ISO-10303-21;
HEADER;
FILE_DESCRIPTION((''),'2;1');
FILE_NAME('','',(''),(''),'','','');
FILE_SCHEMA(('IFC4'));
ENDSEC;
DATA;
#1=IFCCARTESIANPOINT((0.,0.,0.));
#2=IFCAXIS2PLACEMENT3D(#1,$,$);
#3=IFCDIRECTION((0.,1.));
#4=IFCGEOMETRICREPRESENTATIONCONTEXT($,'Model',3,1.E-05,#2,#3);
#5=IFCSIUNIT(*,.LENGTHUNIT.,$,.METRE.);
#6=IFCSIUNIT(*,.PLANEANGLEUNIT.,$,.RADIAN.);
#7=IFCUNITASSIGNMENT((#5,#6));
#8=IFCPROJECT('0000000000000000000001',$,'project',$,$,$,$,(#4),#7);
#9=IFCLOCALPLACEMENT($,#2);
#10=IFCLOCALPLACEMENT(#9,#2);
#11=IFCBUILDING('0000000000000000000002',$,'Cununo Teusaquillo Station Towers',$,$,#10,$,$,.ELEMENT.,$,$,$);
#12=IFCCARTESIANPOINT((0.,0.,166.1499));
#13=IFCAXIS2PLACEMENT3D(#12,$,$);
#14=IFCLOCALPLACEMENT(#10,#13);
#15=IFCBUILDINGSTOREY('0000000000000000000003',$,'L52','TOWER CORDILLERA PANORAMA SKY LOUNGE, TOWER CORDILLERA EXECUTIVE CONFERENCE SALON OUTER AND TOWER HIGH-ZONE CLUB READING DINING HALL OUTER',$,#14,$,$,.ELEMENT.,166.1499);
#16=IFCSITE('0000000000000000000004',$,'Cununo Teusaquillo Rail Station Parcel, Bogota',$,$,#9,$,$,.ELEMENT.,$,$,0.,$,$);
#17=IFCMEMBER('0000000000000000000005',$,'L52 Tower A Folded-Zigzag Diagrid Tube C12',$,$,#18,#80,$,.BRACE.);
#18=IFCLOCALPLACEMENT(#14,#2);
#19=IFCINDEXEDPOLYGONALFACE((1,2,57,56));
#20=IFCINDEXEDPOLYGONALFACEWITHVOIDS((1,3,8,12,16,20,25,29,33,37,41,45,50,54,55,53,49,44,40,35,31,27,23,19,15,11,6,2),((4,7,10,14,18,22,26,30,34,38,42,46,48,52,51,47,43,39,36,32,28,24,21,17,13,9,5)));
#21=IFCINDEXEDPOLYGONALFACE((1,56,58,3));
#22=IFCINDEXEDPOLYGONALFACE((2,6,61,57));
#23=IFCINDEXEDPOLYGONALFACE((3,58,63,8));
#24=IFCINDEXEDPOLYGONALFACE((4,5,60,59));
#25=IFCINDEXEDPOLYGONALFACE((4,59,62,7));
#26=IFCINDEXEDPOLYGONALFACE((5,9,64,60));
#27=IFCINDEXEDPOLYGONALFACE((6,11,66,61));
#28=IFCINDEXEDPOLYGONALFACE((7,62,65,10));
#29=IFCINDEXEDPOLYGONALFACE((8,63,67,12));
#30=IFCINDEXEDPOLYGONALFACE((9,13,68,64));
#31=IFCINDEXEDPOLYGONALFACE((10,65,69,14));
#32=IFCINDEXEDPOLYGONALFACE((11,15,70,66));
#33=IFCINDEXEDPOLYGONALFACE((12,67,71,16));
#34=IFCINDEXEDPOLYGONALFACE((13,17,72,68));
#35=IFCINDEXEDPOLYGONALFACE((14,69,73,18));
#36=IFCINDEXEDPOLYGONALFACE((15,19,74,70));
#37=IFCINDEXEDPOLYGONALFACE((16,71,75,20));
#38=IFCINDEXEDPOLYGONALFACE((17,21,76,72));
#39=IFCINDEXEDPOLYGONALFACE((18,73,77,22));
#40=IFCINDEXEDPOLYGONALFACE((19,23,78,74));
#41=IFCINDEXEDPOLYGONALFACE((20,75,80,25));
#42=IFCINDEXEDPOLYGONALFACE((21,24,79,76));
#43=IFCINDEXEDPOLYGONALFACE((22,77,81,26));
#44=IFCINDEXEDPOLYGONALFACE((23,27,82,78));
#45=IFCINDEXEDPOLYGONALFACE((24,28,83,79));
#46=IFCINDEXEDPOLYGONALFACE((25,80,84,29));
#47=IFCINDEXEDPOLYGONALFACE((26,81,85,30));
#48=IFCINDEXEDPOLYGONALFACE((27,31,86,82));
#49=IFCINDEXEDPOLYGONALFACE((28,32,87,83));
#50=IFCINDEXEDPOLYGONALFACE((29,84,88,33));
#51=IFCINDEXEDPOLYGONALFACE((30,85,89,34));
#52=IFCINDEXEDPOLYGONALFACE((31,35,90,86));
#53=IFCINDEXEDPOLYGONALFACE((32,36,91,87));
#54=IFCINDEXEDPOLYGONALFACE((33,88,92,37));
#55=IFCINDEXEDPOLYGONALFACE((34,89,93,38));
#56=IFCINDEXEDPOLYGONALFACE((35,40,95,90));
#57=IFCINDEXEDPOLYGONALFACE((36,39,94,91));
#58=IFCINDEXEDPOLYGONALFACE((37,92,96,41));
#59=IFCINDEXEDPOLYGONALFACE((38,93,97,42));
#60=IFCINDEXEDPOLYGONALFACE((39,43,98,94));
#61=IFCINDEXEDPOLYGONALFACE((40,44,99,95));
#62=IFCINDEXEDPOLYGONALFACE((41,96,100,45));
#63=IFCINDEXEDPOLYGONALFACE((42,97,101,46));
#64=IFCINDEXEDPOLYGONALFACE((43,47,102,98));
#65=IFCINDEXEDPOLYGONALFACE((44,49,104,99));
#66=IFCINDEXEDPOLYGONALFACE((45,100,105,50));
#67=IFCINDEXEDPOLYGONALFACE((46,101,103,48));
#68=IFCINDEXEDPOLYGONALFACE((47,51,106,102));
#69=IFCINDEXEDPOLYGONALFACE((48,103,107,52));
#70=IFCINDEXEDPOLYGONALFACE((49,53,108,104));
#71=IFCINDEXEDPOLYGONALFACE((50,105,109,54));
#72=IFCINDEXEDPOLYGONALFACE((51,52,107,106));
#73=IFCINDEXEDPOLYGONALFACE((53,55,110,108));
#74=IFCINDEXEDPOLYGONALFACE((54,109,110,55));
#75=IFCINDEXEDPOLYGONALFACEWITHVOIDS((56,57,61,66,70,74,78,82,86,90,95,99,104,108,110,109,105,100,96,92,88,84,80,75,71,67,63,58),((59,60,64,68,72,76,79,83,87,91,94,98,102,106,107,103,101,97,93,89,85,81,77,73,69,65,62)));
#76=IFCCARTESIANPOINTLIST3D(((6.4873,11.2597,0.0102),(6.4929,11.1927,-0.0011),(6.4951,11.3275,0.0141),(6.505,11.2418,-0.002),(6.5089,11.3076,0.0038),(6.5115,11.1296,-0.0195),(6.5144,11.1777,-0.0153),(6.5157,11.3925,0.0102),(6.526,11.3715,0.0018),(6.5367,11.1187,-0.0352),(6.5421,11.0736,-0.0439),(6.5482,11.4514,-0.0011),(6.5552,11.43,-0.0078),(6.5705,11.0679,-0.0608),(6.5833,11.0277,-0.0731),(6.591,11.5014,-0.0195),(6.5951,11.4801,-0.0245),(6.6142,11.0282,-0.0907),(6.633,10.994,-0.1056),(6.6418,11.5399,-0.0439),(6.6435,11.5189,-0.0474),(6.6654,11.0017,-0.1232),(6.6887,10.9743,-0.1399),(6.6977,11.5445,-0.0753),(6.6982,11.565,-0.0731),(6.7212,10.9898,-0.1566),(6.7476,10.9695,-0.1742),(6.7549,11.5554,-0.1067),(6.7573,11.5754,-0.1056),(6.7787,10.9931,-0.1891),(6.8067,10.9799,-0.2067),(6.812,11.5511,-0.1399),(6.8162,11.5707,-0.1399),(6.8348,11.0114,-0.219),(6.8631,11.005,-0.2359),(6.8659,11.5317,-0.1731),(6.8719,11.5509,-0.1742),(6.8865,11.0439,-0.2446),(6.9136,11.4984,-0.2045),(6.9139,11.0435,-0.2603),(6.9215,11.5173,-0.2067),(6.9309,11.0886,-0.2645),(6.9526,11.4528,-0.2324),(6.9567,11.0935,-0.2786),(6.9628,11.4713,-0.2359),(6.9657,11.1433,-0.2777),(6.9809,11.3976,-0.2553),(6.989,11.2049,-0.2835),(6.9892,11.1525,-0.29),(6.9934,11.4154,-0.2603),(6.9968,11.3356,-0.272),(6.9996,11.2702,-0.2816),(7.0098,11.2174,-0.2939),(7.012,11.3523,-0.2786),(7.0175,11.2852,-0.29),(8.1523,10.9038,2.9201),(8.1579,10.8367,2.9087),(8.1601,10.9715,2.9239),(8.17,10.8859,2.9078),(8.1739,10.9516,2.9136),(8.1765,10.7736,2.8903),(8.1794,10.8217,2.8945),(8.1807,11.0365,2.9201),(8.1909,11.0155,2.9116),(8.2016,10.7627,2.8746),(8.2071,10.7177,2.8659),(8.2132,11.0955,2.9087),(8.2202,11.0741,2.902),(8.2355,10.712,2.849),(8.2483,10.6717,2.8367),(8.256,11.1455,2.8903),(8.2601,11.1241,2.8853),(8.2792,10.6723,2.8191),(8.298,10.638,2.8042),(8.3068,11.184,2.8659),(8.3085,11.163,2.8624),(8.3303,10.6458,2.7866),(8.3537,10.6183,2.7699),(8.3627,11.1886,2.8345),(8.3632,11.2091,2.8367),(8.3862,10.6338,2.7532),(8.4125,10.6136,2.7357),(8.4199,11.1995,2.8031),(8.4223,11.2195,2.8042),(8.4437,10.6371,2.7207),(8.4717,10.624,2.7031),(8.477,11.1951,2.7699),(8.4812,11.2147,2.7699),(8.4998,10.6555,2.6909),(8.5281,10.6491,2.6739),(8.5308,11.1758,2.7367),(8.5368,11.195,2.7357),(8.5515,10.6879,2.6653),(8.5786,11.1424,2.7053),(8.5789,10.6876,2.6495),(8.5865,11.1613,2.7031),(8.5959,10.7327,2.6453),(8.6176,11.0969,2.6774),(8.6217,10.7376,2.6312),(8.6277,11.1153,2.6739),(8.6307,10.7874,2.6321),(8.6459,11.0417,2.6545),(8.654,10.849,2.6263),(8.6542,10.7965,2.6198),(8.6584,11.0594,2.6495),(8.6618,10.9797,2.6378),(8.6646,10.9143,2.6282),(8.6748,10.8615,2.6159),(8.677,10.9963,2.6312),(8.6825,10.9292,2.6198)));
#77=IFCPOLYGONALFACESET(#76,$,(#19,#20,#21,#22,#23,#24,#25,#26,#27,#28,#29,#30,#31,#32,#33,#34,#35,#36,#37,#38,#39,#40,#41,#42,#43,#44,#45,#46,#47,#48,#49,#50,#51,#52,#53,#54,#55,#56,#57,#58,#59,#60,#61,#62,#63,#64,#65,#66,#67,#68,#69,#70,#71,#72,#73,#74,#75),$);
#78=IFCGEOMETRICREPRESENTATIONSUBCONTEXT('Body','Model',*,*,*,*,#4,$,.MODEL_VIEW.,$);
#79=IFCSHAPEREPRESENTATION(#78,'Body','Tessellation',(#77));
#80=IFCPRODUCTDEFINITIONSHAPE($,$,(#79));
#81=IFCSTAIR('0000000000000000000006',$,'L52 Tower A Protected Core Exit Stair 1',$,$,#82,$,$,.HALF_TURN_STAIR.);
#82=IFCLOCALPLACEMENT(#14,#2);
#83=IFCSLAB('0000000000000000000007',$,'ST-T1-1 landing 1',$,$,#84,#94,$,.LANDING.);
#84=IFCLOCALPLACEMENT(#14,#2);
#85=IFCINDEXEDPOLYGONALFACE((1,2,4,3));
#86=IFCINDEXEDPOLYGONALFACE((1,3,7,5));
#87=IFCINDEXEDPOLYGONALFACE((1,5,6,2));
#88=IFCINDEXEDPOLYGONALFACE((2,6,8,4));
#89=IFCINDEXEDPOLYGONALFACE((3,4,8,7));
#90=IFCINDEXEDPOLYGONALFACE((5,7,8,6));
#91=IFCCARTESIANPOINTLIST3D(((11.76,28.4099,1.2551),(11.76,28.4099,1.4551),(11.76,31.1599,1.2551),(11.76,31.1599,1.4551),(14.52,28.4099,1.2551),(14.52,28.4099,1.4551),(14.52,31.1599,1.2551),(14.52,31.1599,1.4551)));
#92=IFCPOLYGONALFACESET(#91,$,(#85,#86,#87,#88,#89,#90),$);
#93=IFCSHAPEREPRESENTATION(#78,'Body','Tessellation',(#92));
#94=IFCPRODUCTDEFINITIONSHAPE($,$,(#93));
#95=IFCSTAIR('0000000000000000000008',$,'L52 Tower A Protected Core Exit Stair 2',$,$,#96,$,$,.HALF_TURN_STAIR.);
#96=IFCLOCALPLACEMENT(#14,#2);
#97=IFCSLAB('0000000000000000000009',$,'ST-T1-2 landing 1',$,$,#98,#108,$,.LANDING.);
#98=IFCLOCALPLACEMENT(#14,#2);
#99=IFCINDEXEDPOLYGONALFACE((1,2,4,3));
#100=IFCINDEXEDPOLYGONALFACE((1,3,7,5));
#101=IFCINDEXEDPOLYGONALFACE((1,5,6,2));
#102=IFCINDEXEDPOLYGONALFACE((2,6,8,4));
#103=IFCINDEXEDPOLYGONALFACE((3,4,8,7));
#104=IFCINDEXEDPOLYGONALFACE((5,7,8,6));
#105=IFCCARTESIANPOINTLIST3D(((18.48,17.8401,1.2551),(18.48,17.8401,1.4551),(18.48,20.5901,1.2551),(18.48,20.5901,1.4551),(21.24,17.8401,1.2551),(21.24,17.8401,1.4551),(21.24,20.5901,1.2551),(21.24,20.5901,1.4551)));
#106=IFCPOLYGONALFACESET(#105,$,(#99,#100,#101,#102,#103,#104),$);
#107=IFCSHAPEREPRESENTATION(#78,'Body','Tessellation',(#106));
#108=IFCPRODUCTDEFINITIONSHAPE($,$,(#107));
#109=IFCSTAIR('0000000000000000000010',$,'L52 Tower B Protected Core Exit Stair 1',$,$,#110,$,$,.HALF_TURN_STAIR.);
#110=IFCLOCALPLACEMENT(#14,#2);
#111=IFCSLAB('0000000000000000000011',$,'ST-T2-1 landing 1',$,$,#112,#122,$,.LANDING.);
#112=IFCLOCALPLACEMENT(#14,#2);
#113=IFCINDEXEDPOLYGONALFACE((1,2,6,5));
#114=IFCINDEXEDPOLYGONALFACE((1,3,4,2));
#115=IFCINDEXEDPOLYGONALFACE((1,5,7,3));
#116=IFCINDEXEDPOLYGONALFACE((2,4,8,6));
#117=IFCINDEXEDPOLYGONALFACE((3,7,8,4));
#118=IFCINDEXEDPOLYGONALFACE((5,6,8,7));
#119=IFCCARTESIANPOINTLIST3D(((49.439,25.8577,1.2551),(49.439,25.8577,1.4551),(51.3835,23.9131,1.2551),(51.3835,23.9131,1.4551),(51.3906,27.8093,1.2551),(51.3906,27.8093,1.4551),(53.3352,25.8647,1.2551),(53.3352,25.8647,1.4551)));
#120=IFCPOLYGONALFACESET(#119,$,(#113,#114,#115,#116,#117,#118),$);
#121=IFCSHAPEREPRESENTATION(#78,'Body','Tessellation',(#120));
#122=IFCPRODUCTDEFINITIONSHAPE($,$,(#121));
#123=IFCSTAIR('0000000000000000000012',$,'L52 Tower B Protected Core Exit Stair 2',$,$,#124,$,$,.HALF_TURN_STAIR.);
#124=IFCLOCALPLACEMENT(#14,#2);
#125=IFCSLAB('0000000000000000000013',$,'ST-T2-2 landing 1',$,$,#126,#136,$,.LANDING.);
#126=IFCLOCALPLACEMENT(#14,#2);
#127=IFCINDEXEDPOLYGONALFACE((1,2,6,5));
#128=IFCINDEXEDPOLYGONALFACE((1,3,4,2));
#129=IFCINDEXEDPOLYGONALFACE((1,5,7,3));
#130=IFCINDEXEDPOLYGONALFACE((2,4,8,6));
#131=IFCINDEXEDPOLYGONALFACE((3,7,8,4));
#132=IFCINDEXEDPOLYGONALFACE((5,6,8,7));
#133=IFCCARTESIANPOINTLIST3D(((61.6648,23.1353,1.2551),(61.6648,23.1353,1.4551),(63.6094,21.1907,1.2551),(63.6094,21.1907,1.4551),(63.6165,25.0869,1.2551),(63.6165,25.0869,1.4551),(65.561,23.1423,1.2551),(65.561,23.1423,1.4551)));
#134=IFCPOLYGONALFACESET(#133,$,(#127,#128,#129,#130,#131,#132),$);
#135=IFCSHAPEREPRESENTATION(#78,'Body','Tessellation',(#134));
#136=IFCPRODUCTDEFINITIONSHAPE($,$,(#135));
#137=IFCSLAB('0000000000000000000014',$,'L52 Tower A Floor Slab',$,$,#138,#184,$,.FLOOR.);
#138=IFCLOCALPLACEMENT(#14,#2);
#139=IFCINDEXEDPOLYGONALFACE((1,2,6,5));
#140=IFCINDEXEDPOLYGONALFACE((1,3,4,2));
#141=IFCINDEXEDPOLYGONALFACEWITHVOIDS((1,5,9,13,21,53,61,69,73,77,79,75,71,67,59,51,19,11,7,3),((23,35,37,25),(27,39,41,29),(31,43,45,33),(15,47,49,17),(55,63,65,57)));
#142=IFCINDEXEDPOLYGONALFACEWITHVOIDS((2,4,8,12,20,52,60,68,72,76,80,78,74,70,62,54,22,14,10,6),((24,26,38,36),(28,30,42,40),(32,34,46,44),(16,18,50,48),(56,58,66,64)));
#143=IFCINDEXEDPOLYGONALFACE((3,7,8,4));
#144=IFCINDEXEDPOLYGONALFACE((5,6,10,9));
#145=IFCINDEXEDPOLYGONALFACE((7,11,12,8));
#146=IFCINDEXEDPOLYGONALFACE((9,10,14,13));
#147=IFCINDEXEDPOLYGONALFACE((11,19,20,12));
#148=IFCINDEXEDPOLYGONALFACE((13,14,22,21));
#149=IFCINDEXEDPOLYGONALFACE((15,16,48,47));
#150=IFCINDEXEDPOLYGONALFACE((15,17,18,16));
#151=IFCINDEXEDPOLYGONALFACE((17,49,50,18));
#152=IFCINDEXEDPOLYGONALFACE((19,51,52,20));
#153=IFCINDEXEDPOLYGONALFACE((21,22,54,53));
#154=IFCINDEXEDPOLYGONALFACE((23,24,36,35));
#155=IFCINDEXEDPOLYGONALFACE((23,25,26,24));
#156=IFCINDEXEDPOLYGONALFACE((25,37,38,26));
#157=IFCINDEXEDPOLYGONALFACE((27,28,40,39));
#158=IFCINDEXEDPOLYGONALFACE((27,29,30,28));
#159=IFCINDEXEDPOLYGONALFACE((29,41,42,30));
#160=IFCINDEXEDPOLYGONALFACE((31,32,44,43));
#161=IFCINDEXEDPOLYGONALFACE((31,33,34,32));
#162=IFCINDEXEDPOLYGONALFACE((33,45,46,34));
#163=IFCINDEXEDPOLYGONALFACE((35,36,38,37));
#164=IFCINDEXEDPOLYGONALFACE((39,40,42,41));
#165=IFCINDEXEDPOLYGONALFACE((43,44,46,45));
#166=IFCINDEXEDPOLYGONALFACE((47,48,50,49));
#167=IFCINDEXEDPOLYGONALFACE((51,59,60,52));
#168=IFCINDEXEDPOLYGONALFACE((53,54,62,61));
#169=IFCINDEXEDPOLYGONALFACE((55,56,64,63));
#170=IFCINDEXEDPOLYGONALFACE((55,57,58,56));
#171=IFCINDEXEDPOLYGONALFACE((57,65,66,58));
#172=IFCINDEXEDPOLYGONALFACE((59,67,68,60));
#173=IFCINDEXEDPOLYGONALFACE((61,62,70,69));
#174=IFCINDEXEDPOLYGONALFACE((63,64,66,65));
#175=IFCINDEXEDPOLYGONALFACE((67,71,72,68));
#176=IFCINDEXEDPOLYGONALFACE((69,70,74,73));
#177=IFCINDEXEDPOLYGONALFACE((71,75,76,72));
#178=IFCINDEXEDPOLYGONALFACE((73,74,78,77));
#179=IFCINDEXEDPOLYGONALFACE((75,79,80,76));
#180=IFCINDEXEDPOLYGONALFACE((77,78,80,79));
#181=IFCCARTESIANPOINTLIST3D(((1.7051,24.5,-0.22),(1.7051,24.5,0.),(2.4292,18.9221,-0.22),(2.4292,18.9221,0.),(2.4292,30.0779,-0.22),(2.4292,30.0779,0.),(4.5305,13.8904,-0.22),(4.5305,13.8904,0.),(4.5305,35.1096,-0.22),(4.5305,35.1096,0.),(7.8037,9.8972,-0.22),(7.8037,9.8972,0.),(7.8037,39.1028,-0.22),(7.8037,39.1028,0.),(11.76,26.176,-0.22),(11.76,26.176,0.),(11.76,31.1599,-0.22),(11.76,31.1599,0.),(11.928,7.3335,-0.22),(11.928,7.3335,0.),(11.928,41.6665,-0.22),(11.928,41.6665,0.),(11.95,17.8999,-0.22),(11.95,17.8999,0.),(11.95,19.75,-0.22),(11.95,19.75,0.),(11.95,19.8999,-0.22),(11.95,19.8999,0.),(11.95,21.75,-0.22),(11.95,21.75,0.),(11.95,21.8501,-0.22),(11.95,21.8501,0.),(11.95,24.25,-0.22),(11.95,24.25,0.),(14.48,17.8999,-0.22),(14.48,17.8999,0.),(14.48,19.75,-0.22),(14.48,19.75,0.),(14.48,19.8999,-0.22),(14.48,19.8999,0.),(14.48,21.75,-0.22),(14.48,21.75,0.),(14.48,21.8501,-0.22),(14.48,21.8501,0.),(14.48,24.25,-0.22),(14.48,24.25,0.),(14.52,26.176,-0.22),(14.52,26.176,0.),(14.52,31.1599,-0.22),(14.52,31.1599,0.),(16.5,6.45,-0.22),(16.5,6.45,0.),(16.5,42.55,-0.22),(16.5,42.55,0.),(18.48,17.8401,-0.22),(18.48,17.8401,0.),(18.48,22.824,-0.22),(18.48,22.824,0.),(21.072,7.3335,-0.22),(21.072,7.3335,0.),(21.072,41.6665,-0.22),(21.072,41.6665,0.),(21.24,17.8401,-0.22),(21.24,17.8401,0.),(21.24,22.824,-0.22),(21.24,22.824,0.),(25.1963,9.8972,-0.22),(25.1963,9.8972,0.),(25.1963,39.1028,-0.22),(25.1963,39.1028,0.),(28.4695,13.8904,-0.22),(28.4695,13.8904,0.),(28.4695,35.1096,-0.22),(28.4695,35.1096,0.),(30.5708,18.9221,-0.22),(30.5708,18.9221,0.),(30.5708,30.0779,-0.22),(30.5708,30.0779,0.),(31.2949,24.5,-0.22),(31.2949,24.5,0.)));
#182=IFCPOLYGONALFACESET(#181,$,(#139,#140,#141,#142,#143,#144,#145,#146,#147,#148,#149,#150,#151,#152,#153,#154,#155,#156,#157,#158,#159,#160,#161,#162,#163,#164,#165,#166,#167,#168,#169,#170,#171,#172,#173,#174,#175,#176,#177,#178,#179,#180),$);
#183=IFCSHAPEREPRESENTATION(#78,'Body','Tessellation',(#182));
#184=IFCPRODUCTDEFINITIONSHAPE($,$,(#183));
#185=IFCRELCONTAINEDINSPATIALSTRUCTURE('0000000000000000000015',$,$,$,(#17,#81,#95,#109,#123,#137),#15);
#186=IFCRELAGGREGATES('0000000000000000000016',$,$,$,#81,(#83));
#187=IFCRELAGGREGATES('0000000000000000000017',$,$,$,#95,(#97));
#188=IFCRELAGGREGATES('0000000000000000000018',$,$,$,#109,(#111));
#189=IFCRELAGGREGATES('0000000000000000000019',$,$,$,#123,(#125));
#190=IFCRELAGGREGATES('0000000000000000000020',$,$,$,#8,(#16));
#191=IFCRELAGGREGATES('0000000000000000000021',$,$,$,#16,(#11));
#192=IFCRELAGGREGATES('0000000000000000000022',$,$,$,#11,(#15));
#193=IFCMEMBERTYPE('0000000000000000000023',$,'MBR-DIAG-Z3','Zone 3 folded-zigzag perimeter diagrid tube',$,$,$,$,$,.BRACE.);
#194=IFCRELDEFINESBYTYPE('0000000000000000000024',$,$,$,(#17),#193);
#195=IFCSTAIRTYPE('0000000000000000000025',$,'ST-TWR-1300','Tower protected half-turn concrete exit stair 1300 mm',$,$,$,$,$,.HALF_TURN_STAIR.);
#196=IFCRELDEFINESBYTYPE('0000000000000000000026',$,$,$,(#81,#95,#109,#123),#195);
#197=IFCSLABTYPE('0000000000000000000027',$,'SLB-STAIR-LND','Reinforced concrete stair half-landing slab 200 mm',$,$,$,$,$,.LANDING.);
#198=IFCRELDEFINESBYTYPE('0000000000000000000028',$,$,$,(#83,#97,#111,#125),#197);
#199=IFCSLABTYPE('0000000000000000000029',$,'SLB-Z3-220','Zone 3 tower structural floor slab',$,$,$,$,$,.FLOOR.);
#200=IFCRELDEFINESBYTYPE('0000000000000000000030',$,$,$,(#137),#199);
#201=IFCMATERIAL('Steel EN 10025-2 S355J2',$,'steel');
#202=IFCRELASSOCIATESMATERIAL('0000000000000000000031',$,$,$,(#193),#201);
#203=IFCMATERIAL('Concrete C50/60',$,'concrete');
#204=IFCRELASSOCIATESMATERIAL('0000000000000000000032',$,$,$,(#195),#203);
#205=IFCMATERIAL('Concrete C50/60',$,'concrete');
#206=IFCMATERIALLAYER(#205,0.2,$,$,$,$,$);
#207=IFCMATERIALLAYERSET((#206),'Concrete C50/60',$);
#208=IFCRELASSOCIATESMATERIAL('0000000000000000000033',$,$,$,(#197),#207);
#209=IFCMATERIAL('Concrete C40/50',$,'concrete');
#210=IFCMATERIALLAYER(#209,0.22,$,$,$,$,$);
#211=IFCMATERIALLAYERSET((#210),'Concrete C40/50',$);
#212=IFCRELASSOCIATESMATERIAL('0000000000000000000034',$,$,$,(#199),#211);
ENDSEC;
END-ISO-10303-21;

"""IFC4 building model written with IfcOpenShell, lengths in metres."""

from ifc_helpers import new_model, si_unit, direction, frame, origin, origin_2d, place, context, subcontext, project, spatial, polyline, hollow_circle, outline, extrude, material, layer, layer_set, material_profile, profile_set, type_object, element, aggregate, save


model = new_model("IFC4")

# Units and contexts
model_context = context("Model", 3, precision=1e-05, world=origin(), true_north=direction((0.0, 1.0)))
body_context = subcontext(model_context, "Body", "Model", "MODEL_VIEW")
ifc_project = project(units=[si_unit("LENGTHUNIT", "METRE"), si_unit("PLANEANGLEUNIT", "RADIAN")], contexts=[model_context])

# Site, building, storey
site_placement = place(None, origin())
site = spatial("IfcSite", under=ifc_project, at=site_placement, Name="Cununo Teusaquillo Rail Station Parcel, Bogota", CompositionType="ELEMENT", RefElevation=0.0)
building_placement = place(site_placement, origin())
building = spatial("IfcBuilding", under=site, at=building_placement, Name="Cununo Teusaquillo Station Towers", CompositionType="ELEMENT")
storey_placement = place(building_placement, frame((0.0, 0.0, 166.1499)))
storey = spatial("IfcBuildingStorey", under=building, at=storey_placement, Name="L52", Description="TOWER CORDILLERA PANORAMA SKY LOUNGE, TOWER CORDILLERA EXECUTIVE CONFERENCE SALON OUTER AND TOWER HIGH-ZONE CLUB READING DINING HALL OUTER", CompositionType="ELEMENT", Elevation=166.1499)

# Member
ifc_material_1 = material(Name="Steel EN 10025-2 S355J2", Category="steel")
ifc_material_profile_1 = material_profile(ifc_material_1, hollow_circle(Radius=0.3049, WallThickness=0.02, at=origin_2d()), Name="CHS 610x20")
ifc_profile_set_1 = profile_set([ifc_material_profile_1], Name="Steel EN 10025-2 S355J2")
member_type = type_object("IfcMemberType", Name="MBR-DIAG-Z3", Description="Zone 3 folded-zigzag perimeter diagrid tube", PredefinedType="BRACE", material=ifc_profile_set_1)
member_placement = place(storey_placement, frame((6.7524, 11.2725, -0.1399), z_axis=(0.493865, -0.10558, 0.863105), x_axis=(0.209059, 0.977903, 0.0)))
element("IfcMember", 1, at=member_placement, inside=storey, type_object=member_type, Name="L52 Tower A Folded-Zigzag Diagrid Tube C12", PredefinedType="BRACE", context=body_context, shape_type="SweptSolid", body=[
    extrude(hollow_circle(Radius=0.3049, WallThickness=0.02, at=origin_2d()), origin(), (0.0, 0.0, 1.0), 3.3713),
])

# Stairs, slabs
ifc_material_2 = material(Name="Concrete C50/60", Category="concrete")
stair_type = type_object("IfcStairType", Name="ST-TWR-1300", Description="Tower protected half-turn concrete exit stair 1300 mm", PredefinedType="HALF_TURN_STAIR", material=ifc_material_2)
stair_1_placement = place(storey_placement, origin())
stair_1 = element("IfcStair", 2, at=stair_1_placement, inside=storey, type_object=stair_type, Name="L52 Tower A Protected Core Exit Stair 1", PredefinedType="HALF_TURN_STAIR")
ifc_material_3 = material(Name="Concrete C50/60", Category="concrete")
ifc_layer_1 = layer(ifc_material_3, 0.2)
ifc_layer_set_1 = layer_set([ifc_layer_1], Name="Concrete C50/60")
slab_type_1 = type_object("IfcSlabType", Name="SLB-STAIR-LND", Description="Reinforced concrete stair half-landing slab 200 mm", PredefinedType="LANDING", material=ifc_layer_set_1)
slab_1_placement = place(storey_placement, frame((0.0, 0.0, 1.2551)))
slab_1 = element("IfcSlab", 3, at=slab_1_placement, type_object=slab_type_1, Name="ST-T1-1 landing 1", PredefinedType="LANDING", context=body_context, shape_type="SweptSolid", body=[
    extrude(outline(polyline([(14.52, 28.4099), (14.52, 31.1599), (11.76, 31.1599), (11.76, 28.4099), (14.52, 28.4099)])), origin(), (0.0, 0.0, 1.0), 0.2),
])
aggregate(stair_1, [slab_1])
stair_2_placement = place(storey_placement, origin())
stair_2 = element("IfcStair", 4, at=stair_2_placement, inside=storey, type_object=stair_type, Name="L52 Tower A Protected Core Exit Stair 2", PredefinedType="HALF_TURN_STAIR")
slab_2_placement = place(storey_placement, frame((0.0, 0.0, 1.2551)))
slab_2 = element("IfcSlab", 5, at=slab_2_placement, type_object=slab_type_1, Name="ST-T1-2 landing 1", PredefinedType="LANDING", context=body_context, shape_type="SweptSolid", body=[
    extrude(outline(polyline([(18.48, 20.5901), (18.48, 17.8401), (21.24, 17.8401), (21.24, 20.5901), (18.48, 20.5901)])), origin(), (0.0, 0.0, 1.0), 0.2),
])
aggregate(stair_2, [slab_2])
stair_3_placement = place(storey_placement, origin())
stair_3 = element("IfcStair", 6, at=stair_3_placement, inside=storey, type_object=stair_type, Name="L52 Tower B Protected Core Exit Stair 1", PredefinedType="HALF_TURN_STAIR")
slab_3_placement = place(storey_placement, frame((0.0, 0.0, 1.2551)))
slab_3 = element("IfcSlab", 7, at=slab_3_placement, type_object=slab_type_1, Name="ST-T2-1 landing 1", PredefinedType="LANDING", context=body_context, shape_type="SweptSolid", body=[
    extrude(outline(polyline([(53.3352, 25.8647), (51.3906, 27.8093), (49.439, 25.8577), (51.3835, 23.9131), (53.3352, 25.8647)])), origin(), (0.0, 0.0, 1.0), 0.2),
])
aggregate(stair_3, [slab_3])
stair_4_placement = place(storey_placement, origin())
stair_4 = element("IfcStair", 8, at=stair_4_placement, inside=storey, type_object=stair_type, Name="L52 Tower B Protected Core Exit Stair 2", PredefinedType="HALF_TURN_STAIR")
slab_4_placement = place(storey_placement, frame((0.0, 0.0, 1.2551)))
slab_4 = element("IfcSlab", 9, at=slab_4_placement, type_object=slab_type_1, Name="ST-T2-2 landing 1", PredefinedType="LANDING", context=body_context, shape_type="SweptSolid", body=[
    extrude(outline(polyline([(61.6648, 23.1353), (63.6094, 21.1907), (65.561, 23.1423), (63.6165, 25.0869), (61.6648, 23.1353)])), origin(), (0.0, 0.0, 1.0), 0.2),
])
aggregate(stair_4, [slab_4])

# Slab
ifc_material_4 = material(Name="Concrete C40/50", Category="concrete")
ifc_layer_2 = layer(ifc_material_4, 0.22)
ifc_layer_set_2 = layer_set([ifc_layer_2], Name="Concrete C40/50")
slab_type_2 = type_object("IfcSlabType", Name="SLB-Z3-220", Description="Zone 3 tower structural floor slab", PredefinedType="FLOOR", material=ifc_layer_set_2)
slab_5_placement = place(storey_placement, frame((0.0, 0.0, -0.22)))
element("IfcSlab", 10, at=slab_5_placement, inside=storey, type_object=slab_type_2, Name="L52 Tower A Floor Slab", PredefinedType="FLOOR", context=body_context, shape_type="SweptSolid", body=[
    extrude(outline(polyline([(31.2949, 24.5), (30.5708, 30.0779), (28.4695, 35.1096), (25.1963, 39.1028), (21.072, 41.6665), (16.5, 42.55), (11.928, 41.6665), (7.8037, 39.1028), (4.5305, 35.1096), (2.4292, 30.0779), (1.7051, 24.5), (2.4292, 18.9221), (4.5305, 13.8904), (7.8037, 9.8972), (11.928, 7.3335), (16.5, 6.45), (21.072, 7.3335), (25.1963, 9.8972), (28.4695, 13.8904), (30.5708, 18.9221), (31.2949, 24.5)]), holes=[polyline([(14.52, 26.176), (14.52, 31.1599), (11.76, 31.1599), (11.76, 26.176), (14.52, 26.176)]), polyline([(18.48, 22.824), (18.48, 17.8401), (21.24, 17.8401), (21.24, 22.824), (18.48, 22.824)]), polyline([(11.95, 21.8501), (14.48, 21.8501), (14.48, 24.25), (11.95, 24.25), (11.95, 21.8501)]), polyline([(11.95, 17.8999), (14.48, 17.8999), (14.48, 19.75), (11.95, 19.75), (11.95, 17.8999)]), polyline([(11.95, 19.8999), (14.48, 19.8999), (14.48, 21.75), (11.95, 21.75), (11.95, 19.8999)])]), origin(), (0.0, 0.0, 1.0), 0.22),
])

save(model, "model.ifc")
